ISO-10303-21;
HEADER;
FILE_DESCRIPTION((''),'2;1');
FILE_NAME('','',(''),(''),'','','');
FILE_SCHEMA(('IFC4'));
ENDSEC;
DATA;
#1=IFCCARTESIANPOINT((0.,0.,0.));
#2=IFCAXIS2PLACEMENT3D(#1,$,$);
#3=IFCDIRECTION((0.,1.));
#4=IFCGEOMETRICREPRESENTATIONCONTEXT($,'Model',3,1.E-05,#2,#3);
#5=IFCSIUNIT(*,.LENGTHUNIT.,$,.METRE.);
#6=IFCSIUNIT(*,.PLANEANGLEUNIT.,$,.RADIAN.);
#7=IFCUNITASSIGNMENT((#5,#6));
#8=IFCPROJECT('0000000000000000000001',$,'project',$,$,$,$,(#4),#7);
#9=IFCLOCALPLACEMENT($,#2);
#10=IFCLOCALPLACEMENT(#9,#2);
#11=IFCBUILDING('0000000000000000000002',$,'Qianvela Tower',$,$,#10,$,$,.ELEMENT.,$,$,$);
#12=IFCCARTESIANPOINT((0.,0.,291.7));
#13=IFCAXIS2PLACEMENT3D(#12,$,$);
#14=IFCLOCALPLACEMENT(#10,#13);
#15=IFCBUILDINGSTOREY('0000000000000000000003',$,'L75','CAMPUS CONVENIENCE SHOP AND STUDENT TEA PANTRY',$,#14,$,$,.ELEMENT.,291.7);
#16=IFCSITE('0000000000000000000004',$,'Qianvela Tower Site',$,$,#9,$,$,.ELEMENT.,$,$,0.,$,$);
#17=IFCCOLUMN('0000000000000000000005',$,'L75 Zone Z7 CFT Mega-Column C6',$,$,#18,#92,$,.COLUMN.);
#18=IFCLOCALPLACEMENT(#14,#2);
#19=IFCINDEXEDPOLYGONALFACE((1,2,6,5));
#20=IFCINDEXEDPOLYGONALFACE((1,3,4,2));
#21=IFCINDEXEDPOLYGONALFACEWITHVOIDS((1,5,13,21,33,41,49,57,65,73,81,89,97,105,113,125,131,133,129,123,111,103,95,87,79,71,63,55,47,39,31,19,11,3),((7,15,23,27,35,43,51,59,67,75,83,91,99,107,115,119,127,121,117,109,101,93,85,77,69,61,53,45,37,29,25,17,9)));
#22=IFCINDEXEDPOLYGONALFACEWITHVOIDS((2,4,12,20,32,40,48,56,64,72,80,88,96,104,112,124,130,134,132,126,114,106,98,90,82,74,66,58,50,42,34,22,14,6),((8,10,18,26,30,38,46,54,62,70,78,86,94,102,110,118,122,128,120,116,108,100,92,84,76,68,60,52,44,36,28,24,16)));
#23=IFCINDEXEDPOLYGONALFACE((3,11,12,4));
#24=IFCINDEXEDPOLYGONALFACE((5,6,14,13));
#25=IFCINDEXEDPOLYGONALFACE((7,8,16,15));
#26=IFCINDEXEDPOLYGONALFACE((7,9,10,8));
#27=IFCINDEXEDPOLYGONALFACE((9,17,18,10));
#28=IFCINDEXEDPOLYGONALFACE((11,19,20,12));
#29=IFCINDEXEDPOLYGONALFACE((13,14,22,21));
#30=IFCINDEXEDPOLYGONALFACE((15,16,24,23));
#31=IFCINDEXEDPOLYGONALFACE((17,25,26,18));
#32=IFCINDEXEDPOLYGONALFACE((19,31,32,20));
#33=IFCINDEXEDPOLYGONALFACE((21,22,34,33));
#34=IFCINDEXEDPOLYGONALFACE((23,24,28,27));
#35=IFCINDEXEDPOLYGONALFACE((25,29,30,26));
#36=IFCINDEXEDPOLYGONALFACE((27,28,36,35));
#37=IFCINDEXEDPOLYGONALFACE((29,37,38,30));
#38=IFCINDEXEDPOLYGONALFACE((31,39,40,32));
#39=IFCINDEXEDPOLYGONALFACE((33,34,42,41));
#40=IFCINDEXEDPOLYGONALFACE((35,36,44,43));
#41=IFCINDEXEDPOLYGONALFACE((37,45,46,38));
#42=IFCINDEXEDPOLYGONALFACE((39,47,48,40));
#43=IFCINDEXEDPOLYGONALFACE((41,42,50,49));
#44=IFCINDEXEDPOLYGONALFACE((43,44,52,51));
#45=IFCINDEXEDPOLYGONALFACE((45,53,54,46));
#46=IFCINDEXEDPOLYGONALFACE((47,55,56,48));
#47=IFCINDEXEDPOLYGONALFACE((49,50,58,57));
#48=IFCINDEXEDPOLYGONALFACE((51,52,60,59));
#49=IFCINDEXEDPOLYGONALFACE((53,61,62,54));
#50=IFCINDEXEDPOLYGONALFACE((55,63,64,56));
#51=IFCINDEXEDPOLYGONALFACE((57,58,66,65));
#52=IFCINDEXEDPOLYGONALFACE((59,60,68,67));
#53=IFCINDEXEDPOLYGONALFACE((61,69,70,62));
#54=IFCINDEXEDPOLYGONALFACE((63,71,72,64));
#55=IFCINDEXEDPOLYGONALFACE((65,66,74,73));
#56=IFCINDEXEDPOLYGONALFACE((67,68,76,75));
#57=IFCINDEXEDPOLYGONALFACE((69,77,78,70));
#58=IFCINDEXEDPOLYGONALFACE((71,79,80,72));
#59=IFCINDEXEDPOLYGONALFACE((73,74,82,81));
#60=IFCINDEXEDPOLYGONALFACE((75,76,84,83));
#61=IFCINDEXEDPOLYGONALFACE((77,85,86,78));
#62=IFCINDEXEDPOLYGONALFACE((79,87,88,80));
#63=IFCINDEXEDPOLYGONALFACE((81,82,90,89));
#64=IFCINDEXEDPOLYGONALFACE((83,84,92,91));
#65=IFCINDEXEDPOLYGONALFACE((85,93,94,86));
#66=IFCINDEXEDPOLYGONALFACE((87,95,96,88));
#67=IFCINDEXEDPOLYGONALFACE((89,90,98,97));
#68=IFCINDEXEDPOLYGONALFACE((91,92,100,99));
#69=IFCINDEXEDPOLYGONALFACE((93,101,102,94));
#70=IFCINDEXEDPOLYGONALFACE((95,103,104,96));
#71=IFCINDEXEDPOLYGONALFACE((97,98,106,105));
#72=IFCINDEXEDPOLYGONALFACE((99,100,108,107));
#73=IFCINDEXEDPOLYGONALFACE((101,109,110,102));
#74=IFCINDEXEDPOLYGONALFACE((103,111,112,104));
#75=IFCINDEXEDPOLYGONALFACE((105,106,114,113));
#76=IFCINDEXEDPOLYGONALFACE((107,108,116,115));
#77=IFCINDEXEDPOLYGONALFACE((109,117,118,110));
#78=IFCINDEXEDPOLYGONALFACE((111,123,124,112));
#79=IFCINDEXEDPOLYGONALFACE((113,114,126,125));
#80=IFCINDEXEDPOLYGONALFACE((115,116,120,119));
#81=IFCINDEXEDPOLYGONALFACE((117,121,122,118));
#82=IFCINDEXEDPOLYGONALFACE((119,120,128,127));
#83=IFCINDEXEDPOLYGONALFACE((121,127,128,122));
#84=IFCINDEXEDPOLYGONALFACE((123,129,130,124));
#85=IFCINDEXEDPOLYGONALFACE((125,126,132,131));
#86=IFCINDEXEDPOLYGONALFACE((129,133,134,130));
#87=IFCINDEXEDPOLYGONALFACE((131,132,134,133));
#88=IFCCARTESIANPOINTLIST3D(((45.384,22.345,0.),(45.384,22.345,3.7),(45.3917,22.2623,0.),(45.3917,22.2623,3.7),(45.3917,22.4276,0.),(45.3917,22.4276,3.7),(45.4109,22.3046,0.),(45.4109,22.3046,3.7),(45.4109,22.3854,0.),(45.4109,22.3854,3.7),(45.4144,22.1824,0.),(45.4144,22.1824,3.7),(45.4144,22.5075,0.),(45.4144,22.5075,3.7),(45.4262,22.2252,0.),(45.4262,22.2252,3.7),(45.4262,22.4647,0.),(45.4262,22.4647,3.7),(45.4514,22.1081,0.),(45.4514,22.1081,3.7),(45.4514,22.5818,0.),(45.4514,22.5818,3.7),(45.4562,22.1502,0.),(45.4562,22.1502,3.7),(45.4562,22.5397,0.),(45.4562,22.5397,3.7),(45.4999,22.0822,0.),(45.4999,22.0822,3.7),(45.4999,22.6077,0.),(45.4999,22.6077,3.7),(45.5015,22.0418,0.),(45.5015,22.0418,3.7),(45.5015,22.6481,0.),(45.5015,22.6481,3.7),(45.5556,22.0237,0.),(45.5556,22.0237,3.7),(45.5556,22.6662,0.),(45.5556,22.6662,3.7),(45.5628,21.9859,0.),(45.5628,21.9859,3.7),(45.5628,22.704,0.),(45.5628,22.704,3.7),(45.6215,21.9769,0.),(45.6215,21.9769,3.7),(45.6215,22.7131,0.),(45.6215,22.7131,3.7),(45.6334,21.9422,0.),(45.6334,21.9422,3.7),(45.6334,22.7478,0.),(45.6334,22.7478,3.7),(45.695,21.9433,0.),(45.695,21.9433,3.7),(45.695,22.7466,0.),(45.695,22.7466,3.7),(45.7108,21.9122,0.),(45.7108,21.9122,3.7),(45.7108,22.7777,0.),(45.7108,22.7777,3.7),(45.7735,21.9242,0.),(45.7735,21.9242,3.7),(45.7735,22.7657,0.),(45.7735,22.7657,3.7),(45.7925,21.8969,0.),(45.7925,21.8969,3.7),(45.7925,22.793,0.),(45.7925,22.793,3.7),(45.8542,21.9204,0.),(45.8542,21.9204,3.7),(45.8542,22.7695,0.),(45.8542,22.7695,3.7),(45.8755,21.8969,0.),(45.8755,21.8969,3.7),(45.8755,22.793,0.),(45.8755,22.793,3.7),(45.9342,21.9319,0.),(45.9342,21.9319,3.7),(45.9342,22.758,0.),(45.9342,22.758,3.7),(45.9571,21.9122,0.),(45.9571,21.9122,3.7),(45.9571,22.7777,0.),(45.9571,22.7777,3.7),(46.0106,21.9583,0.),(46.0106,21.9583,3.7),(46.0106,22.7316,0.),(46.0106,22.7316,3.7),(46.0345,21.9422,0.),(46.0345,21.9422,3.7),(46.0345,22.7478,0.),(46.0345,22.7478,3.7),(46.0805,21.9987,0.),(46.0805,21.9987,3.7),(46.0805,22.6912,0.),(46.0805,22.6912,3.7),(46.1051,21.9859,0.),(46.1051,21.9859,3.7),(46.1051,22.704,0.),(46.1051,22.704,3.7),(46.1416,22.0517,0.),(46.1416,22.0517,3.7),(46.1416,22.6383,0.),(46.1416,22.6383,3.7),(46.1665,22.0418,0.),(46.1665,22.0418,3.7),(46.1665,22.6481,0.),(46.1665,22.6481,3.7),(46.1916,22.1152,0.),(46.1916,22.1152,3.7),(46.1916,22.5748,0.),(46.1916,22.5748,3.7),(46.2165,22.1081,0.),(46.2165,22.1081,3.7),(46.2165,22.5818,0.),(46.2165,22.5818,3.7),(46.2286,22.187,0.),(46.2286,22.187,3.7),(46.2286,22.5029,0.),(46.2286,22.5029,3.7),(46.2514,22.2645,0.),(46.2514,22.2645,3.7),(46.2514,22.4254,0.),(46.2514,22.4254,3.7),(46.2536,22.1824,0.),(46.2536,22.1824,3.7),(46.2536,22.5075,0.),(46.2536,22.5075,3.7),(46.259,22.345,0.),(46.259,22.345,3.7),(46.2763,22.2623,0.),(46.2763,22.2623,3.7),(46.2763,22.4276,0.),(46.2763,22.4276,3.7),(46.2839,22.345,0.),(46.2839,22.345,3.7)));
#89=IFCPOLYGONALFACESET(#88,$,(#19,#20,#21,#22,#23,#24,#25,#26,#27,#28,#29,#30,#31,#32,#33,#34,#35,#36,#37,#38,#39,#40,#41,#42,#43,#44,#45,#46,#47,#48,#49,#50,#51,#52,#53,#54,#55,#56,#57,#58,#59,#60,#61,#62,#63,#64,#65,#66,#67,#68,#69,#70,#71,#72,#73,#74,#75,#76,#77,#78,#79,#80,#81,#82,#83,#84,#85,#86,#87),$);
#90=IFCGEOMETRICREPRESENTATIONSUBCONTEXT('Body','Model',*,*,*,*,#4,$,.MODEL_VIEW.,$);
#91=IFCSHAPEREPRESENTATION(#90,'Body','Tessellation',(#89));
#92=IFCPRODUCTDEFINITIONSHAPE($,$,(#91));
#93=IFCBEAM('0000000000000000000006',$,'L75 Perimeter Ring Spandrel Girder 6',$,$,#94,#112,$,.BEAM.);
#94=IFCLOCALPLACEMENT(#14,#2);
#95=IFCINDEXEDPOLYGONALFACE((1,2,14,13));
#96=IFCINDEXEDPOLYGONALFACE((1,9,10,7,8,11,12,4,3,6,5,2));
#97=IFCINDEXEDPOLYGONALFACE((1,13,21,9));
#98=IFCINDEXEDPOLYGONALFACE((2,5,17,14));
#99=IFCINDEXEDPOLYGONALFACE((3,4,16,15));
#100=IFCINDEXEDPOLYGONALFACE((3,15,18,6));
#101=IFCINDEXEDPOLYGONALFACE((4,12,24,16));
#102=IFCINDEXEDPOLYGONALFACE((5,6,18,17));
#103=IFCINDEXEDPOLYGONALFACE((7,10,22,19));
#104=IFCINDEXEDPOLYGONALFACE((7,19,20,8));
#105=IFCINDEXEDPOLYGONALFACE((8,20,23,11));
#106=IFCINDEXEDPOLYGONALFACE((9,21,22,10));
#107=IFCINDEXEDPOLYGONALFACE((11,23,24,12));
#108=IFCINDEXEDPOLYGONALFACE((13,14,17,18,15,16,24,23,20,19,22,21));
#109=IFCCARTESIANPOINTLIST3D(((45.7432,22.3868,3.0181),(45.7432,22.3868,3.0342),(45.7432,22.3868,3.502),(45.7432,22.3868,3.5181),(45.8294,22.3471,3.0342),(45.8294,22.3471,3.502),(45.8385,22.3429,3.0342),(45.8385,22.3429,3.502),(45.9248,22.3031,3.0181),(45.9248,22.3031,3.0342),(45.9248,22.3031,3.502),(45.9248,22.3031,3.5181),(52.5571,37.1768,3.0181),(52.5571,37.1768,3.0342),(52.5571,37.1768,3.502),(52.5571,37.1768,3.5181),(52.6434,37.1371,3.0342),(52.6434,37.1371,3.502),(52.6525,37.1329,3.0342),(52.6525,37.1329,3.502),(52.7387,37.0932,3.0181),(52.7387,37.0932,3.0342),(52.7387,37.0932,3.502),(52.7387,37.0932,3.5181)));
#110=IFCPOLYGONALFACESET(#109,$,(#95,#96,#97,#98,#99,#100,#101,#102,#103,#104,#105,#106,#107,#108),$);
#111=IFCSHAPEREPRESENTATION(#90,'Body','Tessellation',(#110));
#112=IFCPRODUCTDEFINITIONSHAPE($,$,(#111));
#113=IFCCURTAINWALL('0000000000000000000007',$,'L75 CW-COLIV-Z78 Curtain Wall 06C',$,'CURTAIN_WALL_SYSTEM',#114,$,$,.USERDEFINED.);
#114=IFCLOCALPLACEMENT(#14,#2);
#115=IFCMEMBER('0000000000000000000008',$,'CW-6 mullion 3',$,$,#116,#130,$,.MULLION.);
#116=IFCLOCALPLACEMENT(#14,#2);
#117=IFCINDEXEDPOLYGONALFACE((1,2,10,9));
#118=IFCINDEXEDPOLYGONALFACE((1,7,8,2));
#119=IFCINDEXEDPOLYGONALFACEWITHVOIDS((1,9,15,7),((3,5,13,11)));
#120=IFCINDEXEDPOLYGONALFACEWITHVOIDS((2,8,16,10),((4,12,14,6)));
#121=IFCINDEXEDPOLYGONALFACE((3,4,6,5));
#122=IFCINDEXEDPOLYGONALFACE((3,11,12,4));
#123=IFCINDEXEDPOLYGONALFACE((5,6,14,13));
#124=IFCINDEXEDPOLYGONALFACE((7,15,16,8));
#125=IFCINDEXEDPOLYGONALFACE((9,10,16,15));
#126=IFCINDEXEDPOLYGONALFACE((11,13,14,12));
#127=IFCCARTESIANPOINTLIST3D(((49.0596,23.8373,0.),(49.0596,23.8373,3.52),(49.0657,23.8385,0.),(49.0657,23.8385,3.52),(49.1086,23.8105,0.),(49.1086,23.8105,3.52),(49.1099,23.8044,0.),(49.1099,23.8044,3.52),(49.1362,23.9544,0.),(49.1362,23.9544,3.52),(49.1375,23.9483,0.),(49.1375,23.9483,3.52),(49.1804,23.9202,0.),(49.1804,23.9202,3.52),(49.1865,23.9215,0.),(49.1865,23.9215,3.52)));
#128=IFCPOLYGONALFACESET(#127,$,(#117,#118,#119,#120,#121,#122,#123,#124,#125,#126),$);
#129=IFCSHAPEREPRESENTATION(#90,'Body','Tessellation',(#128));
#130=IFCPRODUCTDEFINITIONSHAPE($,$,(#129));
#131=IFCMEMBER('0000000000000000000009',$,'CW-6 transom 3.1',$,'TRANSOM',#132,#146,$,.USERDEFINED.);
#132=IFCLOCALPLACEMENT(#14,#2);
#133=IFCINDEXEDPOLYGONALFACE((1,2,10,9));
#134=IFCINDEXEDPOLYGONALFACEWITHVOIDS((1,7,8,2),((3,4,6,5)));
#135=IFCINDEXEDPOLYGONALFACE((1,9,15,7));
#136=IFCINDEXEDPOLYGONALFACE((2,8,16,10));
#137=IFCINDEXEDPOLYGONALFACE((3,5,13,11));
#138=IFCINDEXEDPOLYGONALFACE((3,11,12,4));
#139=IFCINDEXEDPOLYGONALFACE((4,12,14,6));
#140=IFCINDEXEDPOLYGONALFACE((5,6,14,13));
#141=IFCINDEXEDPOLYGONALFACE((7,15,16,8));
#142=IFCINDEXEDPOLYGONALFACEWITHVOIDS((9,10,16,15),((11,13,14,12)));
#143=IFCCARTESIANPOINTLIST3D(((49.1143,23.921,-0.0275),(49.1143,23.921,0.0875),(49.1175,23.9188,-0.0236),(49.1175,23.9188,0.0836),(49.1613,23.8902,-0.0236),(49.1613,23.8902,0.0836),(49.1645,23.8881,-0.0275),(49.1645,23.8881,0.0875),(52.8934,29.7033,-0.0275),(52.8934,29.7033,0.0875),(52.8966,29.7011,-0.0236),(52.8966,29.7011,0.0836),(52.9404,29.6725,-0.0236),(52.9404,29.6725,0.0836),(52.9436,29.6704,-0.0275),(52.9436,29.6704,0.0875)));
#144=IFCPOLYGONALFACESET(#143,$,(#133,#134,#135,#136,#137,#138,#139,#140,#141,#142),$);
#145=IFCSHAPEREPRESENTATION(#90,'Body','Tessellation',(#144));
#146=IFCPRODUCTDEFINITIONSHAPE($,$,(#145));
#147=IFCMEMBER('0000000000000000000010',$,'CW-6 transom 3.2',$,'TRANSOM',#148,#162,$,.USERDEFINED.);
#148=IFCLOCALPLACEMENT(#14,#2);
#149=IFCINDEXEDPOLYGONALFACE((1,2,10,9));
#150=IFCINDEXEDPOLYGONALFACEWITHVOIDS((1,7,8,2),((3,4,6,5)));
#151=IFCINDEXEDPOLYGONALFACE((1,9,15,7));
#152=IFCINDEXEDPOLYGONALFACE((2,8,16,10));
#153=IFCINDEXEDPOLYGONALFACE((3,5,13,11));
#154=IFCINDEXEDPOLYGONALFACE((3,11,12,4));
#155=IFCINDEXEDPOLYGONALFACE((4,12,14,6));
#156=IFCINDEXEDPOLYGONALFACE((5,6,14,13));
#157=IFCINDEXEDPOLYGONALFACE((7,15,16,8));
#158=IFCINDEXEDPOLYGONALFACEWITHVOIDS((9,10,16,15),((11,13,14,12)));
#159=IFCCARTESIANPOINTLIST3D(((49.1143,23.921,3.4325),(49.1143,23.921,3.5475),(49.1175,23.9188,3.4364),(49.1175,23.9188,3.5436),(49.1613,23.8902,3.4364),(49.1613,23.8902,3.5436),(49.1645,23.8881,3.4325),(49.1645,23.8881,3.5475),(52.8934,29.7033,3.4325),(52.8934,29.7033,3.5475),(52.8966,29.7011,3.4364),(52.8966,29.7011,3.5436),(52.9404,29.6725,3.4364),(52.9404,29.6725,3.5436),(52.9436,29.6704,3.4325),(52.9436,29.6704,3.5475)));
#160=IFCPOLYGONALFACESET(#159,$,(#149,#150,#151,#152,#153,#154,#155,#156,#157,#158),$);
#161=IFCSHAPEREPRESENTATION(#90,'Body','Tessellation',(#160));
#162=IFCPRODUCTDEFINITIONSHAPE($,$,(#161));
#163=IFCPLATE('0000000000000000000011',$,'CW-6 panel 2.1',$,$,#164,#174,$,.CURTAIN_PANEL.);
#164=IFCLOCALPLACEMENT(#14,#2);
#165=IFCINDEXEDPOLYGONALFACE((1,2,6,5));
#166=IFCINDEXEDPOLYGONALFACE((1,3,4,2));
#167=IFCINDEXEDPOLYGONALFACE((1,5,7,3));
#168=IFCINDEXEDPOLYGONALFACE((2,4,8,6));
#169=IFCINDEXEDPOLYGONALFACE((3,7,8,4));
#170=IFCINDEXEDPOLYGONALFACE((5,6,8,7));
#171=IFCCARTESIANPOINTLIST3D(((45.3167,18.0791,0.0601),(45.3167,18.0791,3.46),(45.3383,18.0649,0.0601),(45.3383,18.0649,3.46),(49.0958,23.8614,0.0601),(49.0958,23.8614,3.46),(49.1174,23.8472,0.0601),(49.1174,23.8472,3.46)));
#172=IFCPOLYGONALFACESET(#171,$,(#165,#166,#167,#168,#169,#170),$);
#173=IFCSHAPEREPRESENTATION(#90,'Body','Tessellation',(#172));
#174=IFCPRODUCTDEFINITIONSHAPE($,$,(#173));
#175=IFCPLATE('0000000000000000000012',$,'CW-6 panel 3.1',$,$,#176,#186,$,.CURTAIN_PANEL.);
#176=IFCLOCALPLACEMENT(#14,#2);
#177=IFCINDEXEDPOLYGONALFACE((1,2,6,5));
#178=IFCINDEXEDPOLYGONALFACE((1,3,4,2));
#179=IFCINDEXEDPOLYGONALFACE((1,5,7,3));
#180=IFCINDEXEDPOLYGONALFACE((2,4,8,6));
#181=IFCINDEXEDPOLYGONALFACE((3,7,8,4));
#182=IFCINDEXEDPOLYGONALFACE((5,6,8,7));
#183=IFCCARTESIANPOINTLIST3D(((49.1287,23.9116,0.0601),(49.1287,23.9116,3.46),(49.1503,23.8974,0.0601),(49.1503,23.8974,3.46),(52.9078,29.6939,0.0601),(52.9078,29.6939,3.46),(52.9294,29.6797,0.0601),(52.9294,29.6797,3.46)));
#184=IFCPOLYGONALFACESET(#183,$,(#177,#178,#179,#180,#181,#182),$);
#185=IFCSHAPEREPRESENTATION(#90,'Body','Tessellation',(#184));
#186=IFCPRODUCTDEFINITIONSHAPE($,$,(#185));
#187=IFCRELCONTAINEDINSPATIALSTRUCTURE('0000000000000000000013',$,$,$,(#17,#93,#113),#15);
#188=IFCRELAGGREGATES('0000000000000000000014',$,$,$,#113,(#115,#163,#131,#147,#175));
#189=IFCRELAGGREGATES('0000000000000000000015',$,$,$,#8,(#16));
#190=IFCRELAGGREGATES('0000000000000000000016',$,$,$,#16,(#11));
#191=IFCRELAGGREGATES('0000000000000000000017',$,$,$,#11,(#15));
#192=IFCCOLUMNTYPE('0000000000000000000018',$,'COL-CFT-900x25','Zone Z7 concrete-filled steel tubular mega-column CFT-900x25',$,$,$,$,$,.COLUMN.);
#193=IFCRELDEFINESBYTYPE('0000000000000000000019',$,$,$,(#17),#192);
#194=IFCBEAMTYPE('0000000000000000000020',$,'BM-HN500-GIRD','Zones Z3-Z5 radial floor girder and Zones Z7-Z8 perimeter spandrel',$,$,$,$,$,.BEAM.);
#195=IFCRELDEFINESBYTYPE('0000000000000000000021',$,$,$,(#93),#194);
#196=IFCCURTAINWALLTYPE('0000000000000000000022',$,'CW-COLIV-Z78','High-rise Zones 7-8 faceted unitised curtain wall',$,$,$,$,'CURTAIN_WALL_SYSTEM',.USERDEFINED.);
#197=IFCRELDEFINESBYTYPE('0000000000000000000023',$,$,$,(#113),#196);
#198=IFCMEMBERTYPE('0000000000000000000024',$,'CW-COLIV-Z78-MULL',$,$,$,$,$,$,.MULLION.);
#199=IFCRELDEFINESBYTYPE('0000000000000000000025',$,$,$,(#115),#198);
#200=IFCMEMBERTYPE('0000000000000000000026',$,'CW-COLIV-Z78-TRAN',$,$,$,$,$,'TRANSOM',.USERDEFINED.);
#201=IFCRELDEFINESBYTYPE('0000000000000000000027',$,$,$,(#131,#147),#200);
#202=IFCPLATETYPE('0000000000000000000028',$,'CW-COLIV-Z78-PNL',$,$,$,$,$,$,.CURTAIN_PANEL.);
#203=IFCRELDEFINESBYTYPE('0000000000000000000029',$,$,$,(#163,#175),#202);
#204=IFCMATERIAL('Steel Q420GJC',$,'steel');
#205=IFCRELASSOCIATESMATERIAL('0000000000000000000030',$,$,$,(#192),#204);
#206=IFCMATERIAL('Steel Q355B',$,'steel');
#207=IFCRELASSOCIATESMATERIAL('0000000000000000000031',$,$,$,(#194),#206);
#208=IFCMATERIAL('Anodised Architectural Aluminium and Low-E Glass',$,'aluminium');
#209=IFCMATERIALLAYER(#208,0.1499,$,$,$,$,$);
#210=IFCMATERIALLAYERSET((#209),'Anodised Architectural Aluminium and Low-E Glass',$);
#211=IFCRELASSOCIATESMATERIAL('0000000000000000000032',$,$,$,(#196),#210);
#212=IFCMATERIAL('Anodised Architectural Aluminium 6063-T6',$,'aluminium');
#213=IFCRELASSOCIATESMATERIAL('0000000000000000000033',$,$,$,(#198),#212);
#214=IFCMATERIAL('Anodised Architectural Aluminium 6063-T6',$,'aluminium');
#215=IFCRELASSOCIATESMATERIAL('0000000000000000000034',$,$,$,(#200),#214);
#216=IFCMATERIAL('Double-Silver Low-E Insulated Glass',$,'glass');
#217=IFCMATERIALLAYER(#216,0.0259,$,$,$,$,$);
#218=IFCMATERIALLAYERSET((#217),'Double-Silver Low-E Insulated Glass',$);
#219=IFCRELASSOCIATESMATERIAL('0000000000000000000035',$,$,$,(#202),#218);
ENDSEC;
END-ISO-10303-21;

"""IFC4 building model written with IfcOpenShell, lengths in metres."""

from ifc_helpers import new_model, si_unit, direction, frame, origin, origin_2d, place, context, subcontext, project, spatial, rectangle, hollow_rectangle, hollow_circle, i_section, extrude, material, layer, layer_set, material_profile, profile_set, type_object, element, aggregate, save


model = new_model("IFC4")

# Units and contexts
model_context = context("Model", 3, precision=1e-05, world=origin(), true_north=direction((0.0, 1.0)))
body_context = subcontext(model_context, "Body", "Model", "MODEL_VIEW")
ifc_project = project(units=[si_unit("LENGTHUNIT", "METRE"), si_unit("PLANEANGLEUNIT", "RADIAN")], contexts=[model_context])

# Site, building, storey
site_placement = place(None, origin())
site = spatial("IfcSite", under=ifc_project, at=site_placement, Name="Qianvela Tower Site", CompositionType="ELEMENT", RefElevation=0.0)
building_placement = place(site_placement, origin())
building = spatial("IfcBuilding", under=site, at=building_placement, Name="Qianvela Tower", CompositionType="ELEMENT")
storey_placement = place(building_placement, frame((0.0, 0.0, 291.7)))
storey = spatial("IfcBuildingStorey", under=building, at=storey_placement, Name="L75", Description="CAMPUS CONVENIENCE SHOP AND STUDENT TEA PANTRY", CompositionType="ELEMENT", Elevation=291.7)

# Column
ifc_material_1 = material(Name="Steel Q420GJC", Category="steel")
ifc_material_profile_1 = material_profile(ifc_material_1, hollow_circle(Radius=0.45, WallThickness=0.0249, at=origin_2d()), Name="CFT-900x25")
ifc_profile_set_1 = profile_set([ifc_material_profile_1], Name="Steel Q420GJC")
column_type = type_object("IfcColumnType", Name="COL-CFT-900x25", Description="Zone Z7 concrete-filled steel tubular mega-column CFT-900x25", PredefinedType="COLUMN", material=ifc_profile_set_1)
column_placement = place(storey_placement, frame((45.834, 22.345, 0.0), z_axis=(0.0, 0.0, 1.0), x_axis=(1.0, 0.0, 0.0)))
element("IfcColumn", 1, at=column_placement, inside=storey, type_object=column_type, Name="L75 Zone Z7 CFT Mega-Column C6", PredefinedType="COLUMN", context=body_context, shape_type="SweptSolid", body=[
    extrude(hollow_circle(Radius=0.45, WallThickness=0.0249, at=origin_2d()), origin(), (0.0, 0.0, 1.0), 3.7),
])

# Beam
ifc_material_2 = material(Name="Steel Q355B", Category="steel")
ifc_material_profile_2 = material_profile(ifc_material_2, i_section(OverallWidth=0.2, OverallDepth=0.5, WebThickness=0.01, FlangeThickness=0.0161, at=origin_2d()), Name="HN500x200x10x16")
ifc_profile_set_2 = profile_set([ifc_material_profile_2], Name="Steel Q355B")
beam_type = type_object("IfcBeamType", Name="BM-HN500-GIRD", Description="Zones Z3-Z5 radial floor girder and Zones Z7-Z8 perimeter spandrel", PredefinedType="BEAM", material=ifc_profile_set_2)
beam_placement = place(storey_placement, frame((45.834, 22.345, 3.2681), z_axis=(0.41844, 0.908244, 0.0), x_axis=(-0.908244, 0.41844, 0.0)))
element("IfcBeam", 2, at=beam_placement, inside=storey, type_object=beam_type, Name="L75 Perimeter Ring Spandrel Girder 6", PredefinedType="BEAM", context=body_context, shape_type="SweptSolid", body=[
    extrude(i_section(OverallWidth=0.2, OverallDepth=0.5, WebThickness=0.01, FlangeThickness=0.0161, at=origin_2d()), origin(), (0.0, 0.0, 1.0), 16.2842),
])

# Curtain wall, members, plates
ifc_material_3 = material(Name="Anodised Architectural Aluminium and Low-E Glass", Category="aluminium")
ifc_layer_1 = layer(ifc_material_3, 0.1499)
ifc_layer_set_1 = layer_set([ifc_layer_1], Name="Anodised Architectural Aluminium and Low-E Glass")
curtain_wall_type = type_object("IfcCurtainWallType", Name="CW-COLIV-Z78", Description="High-rise Zones 7-8 faceted unitised curtain wall", ElementType="CURTAIN_WALL_SYSTEM", PredefinedType="USERDEFINED", material=ifc_layer_set_1)
curtain_wall_placement = place(storey_placement, origin())
curtain_wall = element("IfcCurtainWall", 3, at=curtain_wall_placement, inside=storey, type_object=curtain_wall_type, Name="L75 CW-COLIV-Z78 Curtain Wall 06C", ObjectType="CURTAIN_WALL_SYSTEM", PredefinedType="USERDEFINED")
ifc_material_4 = material(Name="Anodised Architectural Aluminium 6063-T6", Category="aluminium")
ifc_material_profile_3 = material_profile(ifc_material_4, hollow_rectangle(XDim=0.0601, YDim=0.1399, WallThickness=0.0044, at=origin_2d()), Name="ALU-MULL-60x140")
ifc_profile_set_3 = profile_set([ifc_material_profile_3], Name="Anodised Architectural Aluminium 6063-T6")
member_type_1 = type_object("IfcMemberType", Name="CW-COLIV-Z78-MULL", PredefinedType="MULLION", material=ifc_profile_set_3)
member_1_placement = place(storey_placement, frame((49.123, 23.8794, 0.0), z_axis=(0.0, 0.0, 1.0), x_axis=(-0.837078, 0.547084, 0.0)))
member_1 = element("IfcMember", 4, at=member_1_placement, type_object=member_type_1, Name="CW-6 mullion 3", PredefinedType="MULLION", context=body_context, shape_type="SweptSolid", body=[
    extrude(hollow_rectangle(XDim=0.0601, YDim=0.1399, WallThickness=0.0044, at=origin_2d()), origin(), (0.0, 0.0, 1.0), 3.52),
])
ifc_material_5 = material(Name="Anodised Architectural Aluminium 6063-T6", Category="aluminium")
ifc_material_profile_4 = material_profile(ifc_material_5, hollow_rectangle(XDim=0.0601, YDim=0.115, WallThickness=0.0039, at=origin_2d()), Name="ALU-TRAN-60x115")
ifc_profile_set_4 = profile_set([ifc_material_profile_4], Name="Anodised Architectural Aluminium 6063-T6")
member_type_2 = type_object("IfcMemberType", Name="CW-COLIV-Z78-TRAN", ElementType="TRANSOM", PredefinedType="USERDEFINED", material=ifc_profile_set_4)
member_2_placement = place(storey_placement, frame((49.1394, 23.9045, 0.03), z_axis=(0.547084, 0.837078, 0.0), x_axis=(-0.837078, 0.547084, 0.0)))
member_2 = element("IfcMember", 5, at=member_2_placement, type_object=member_type_2, Name="CW-6 transom 3.1", ObjectType="TRANSOM", PredefinedType="USERDEFINED", context=body_context, shape_type="SweptSolid", body=[
    extrude(hollow_rectangle(XDim=0.0601, YDim=0.115, WallThickness=0.0039, at=origin_2d()), origin(), (0.0, 0.0, 1.0), 6.9077),
])
member_3_placement = place(storey_placement, frame((49.1394, 23.9045, 3.49), z_axis=(0.547084, 0.837078, 0.0), x_axis=(-0.837078, 0.547084, 0.0)))
member_3 = element("IfcMember", 6, at=member_3_placement, type_object=member_type_2, Name="CW-6 transom 3.2", ObjectType="TRANSOM", PredefinedType="USERDEFINED", context=body_context, shape_type="SweptSolid", body=[
    extrude(hollow_rectangle(XDim=0.0601, YDim=0.115, WallThickness=0.0039, at=origin_2d()), origin(), (0.0, 0.0, 1.0), 6.9077),
])
ifc_material_6 = material(Name="Double-Silver Low-E Insulated Glass", Category="glass")
ifc_layer_2 = layer(ifc_material_6, 0.0259)
ifc_layer_set_2 = layer_set([ifc_layer_2], Name="Double-Silver Low-E Insulated Glass")
plate_type = type_object("IfcPlateType", Name="CW-COLIV-Z78-PNL", PredefinedType="CURTAIN_PANEL", material=ifc_layer_set_2)
plate_1_placement = place(storey_placement, frame((47.217, 20.9631, 0.0601), z_axis=(0.0, 0.0, 1.0), x_axis=(0.547084, 0.837078, 0.0)))
plate_1 = element("IfcPlate", 7, at=plate_1_placement, type_object=plate_type, Name="CW-6 panel 2.1", PredefinedType="CURTAIN_PANEL", context=body_context, shape_type="SweptSolid", body=[
    extrude(rectangle(XDim=6.9077, YDim=0.0259, at=origin_2d()), origin(), (0.0, 0.0, 1.0), 3.3999),
])
plate_2_placement = place(storey_placement, frame((51.0291, 26.7957, 0.0601), z_axis=(0.0, 0.0, 1.0), x_axis=(0.547084, 0.837078, 0.0)))
plate_2 = element("IfcPlate", 8, at=plate_2_placement, type_object=plate_type, Name="CW-6 panel 3.1", PredefinedType="CURTAIN_PANEL", context=body_context, shape_type="SweptSolid", body=[
    extrude(rectangle(XDim=6.9077, YDim=0.0259, at=origin_2d()), origin(), (0.0, 0.0, 1.0), 3.3999),
])
aggregate(curtain_wall, [member_1, plate_1, member_2, member_3, plate_2])

save(model, "model.ifc")
